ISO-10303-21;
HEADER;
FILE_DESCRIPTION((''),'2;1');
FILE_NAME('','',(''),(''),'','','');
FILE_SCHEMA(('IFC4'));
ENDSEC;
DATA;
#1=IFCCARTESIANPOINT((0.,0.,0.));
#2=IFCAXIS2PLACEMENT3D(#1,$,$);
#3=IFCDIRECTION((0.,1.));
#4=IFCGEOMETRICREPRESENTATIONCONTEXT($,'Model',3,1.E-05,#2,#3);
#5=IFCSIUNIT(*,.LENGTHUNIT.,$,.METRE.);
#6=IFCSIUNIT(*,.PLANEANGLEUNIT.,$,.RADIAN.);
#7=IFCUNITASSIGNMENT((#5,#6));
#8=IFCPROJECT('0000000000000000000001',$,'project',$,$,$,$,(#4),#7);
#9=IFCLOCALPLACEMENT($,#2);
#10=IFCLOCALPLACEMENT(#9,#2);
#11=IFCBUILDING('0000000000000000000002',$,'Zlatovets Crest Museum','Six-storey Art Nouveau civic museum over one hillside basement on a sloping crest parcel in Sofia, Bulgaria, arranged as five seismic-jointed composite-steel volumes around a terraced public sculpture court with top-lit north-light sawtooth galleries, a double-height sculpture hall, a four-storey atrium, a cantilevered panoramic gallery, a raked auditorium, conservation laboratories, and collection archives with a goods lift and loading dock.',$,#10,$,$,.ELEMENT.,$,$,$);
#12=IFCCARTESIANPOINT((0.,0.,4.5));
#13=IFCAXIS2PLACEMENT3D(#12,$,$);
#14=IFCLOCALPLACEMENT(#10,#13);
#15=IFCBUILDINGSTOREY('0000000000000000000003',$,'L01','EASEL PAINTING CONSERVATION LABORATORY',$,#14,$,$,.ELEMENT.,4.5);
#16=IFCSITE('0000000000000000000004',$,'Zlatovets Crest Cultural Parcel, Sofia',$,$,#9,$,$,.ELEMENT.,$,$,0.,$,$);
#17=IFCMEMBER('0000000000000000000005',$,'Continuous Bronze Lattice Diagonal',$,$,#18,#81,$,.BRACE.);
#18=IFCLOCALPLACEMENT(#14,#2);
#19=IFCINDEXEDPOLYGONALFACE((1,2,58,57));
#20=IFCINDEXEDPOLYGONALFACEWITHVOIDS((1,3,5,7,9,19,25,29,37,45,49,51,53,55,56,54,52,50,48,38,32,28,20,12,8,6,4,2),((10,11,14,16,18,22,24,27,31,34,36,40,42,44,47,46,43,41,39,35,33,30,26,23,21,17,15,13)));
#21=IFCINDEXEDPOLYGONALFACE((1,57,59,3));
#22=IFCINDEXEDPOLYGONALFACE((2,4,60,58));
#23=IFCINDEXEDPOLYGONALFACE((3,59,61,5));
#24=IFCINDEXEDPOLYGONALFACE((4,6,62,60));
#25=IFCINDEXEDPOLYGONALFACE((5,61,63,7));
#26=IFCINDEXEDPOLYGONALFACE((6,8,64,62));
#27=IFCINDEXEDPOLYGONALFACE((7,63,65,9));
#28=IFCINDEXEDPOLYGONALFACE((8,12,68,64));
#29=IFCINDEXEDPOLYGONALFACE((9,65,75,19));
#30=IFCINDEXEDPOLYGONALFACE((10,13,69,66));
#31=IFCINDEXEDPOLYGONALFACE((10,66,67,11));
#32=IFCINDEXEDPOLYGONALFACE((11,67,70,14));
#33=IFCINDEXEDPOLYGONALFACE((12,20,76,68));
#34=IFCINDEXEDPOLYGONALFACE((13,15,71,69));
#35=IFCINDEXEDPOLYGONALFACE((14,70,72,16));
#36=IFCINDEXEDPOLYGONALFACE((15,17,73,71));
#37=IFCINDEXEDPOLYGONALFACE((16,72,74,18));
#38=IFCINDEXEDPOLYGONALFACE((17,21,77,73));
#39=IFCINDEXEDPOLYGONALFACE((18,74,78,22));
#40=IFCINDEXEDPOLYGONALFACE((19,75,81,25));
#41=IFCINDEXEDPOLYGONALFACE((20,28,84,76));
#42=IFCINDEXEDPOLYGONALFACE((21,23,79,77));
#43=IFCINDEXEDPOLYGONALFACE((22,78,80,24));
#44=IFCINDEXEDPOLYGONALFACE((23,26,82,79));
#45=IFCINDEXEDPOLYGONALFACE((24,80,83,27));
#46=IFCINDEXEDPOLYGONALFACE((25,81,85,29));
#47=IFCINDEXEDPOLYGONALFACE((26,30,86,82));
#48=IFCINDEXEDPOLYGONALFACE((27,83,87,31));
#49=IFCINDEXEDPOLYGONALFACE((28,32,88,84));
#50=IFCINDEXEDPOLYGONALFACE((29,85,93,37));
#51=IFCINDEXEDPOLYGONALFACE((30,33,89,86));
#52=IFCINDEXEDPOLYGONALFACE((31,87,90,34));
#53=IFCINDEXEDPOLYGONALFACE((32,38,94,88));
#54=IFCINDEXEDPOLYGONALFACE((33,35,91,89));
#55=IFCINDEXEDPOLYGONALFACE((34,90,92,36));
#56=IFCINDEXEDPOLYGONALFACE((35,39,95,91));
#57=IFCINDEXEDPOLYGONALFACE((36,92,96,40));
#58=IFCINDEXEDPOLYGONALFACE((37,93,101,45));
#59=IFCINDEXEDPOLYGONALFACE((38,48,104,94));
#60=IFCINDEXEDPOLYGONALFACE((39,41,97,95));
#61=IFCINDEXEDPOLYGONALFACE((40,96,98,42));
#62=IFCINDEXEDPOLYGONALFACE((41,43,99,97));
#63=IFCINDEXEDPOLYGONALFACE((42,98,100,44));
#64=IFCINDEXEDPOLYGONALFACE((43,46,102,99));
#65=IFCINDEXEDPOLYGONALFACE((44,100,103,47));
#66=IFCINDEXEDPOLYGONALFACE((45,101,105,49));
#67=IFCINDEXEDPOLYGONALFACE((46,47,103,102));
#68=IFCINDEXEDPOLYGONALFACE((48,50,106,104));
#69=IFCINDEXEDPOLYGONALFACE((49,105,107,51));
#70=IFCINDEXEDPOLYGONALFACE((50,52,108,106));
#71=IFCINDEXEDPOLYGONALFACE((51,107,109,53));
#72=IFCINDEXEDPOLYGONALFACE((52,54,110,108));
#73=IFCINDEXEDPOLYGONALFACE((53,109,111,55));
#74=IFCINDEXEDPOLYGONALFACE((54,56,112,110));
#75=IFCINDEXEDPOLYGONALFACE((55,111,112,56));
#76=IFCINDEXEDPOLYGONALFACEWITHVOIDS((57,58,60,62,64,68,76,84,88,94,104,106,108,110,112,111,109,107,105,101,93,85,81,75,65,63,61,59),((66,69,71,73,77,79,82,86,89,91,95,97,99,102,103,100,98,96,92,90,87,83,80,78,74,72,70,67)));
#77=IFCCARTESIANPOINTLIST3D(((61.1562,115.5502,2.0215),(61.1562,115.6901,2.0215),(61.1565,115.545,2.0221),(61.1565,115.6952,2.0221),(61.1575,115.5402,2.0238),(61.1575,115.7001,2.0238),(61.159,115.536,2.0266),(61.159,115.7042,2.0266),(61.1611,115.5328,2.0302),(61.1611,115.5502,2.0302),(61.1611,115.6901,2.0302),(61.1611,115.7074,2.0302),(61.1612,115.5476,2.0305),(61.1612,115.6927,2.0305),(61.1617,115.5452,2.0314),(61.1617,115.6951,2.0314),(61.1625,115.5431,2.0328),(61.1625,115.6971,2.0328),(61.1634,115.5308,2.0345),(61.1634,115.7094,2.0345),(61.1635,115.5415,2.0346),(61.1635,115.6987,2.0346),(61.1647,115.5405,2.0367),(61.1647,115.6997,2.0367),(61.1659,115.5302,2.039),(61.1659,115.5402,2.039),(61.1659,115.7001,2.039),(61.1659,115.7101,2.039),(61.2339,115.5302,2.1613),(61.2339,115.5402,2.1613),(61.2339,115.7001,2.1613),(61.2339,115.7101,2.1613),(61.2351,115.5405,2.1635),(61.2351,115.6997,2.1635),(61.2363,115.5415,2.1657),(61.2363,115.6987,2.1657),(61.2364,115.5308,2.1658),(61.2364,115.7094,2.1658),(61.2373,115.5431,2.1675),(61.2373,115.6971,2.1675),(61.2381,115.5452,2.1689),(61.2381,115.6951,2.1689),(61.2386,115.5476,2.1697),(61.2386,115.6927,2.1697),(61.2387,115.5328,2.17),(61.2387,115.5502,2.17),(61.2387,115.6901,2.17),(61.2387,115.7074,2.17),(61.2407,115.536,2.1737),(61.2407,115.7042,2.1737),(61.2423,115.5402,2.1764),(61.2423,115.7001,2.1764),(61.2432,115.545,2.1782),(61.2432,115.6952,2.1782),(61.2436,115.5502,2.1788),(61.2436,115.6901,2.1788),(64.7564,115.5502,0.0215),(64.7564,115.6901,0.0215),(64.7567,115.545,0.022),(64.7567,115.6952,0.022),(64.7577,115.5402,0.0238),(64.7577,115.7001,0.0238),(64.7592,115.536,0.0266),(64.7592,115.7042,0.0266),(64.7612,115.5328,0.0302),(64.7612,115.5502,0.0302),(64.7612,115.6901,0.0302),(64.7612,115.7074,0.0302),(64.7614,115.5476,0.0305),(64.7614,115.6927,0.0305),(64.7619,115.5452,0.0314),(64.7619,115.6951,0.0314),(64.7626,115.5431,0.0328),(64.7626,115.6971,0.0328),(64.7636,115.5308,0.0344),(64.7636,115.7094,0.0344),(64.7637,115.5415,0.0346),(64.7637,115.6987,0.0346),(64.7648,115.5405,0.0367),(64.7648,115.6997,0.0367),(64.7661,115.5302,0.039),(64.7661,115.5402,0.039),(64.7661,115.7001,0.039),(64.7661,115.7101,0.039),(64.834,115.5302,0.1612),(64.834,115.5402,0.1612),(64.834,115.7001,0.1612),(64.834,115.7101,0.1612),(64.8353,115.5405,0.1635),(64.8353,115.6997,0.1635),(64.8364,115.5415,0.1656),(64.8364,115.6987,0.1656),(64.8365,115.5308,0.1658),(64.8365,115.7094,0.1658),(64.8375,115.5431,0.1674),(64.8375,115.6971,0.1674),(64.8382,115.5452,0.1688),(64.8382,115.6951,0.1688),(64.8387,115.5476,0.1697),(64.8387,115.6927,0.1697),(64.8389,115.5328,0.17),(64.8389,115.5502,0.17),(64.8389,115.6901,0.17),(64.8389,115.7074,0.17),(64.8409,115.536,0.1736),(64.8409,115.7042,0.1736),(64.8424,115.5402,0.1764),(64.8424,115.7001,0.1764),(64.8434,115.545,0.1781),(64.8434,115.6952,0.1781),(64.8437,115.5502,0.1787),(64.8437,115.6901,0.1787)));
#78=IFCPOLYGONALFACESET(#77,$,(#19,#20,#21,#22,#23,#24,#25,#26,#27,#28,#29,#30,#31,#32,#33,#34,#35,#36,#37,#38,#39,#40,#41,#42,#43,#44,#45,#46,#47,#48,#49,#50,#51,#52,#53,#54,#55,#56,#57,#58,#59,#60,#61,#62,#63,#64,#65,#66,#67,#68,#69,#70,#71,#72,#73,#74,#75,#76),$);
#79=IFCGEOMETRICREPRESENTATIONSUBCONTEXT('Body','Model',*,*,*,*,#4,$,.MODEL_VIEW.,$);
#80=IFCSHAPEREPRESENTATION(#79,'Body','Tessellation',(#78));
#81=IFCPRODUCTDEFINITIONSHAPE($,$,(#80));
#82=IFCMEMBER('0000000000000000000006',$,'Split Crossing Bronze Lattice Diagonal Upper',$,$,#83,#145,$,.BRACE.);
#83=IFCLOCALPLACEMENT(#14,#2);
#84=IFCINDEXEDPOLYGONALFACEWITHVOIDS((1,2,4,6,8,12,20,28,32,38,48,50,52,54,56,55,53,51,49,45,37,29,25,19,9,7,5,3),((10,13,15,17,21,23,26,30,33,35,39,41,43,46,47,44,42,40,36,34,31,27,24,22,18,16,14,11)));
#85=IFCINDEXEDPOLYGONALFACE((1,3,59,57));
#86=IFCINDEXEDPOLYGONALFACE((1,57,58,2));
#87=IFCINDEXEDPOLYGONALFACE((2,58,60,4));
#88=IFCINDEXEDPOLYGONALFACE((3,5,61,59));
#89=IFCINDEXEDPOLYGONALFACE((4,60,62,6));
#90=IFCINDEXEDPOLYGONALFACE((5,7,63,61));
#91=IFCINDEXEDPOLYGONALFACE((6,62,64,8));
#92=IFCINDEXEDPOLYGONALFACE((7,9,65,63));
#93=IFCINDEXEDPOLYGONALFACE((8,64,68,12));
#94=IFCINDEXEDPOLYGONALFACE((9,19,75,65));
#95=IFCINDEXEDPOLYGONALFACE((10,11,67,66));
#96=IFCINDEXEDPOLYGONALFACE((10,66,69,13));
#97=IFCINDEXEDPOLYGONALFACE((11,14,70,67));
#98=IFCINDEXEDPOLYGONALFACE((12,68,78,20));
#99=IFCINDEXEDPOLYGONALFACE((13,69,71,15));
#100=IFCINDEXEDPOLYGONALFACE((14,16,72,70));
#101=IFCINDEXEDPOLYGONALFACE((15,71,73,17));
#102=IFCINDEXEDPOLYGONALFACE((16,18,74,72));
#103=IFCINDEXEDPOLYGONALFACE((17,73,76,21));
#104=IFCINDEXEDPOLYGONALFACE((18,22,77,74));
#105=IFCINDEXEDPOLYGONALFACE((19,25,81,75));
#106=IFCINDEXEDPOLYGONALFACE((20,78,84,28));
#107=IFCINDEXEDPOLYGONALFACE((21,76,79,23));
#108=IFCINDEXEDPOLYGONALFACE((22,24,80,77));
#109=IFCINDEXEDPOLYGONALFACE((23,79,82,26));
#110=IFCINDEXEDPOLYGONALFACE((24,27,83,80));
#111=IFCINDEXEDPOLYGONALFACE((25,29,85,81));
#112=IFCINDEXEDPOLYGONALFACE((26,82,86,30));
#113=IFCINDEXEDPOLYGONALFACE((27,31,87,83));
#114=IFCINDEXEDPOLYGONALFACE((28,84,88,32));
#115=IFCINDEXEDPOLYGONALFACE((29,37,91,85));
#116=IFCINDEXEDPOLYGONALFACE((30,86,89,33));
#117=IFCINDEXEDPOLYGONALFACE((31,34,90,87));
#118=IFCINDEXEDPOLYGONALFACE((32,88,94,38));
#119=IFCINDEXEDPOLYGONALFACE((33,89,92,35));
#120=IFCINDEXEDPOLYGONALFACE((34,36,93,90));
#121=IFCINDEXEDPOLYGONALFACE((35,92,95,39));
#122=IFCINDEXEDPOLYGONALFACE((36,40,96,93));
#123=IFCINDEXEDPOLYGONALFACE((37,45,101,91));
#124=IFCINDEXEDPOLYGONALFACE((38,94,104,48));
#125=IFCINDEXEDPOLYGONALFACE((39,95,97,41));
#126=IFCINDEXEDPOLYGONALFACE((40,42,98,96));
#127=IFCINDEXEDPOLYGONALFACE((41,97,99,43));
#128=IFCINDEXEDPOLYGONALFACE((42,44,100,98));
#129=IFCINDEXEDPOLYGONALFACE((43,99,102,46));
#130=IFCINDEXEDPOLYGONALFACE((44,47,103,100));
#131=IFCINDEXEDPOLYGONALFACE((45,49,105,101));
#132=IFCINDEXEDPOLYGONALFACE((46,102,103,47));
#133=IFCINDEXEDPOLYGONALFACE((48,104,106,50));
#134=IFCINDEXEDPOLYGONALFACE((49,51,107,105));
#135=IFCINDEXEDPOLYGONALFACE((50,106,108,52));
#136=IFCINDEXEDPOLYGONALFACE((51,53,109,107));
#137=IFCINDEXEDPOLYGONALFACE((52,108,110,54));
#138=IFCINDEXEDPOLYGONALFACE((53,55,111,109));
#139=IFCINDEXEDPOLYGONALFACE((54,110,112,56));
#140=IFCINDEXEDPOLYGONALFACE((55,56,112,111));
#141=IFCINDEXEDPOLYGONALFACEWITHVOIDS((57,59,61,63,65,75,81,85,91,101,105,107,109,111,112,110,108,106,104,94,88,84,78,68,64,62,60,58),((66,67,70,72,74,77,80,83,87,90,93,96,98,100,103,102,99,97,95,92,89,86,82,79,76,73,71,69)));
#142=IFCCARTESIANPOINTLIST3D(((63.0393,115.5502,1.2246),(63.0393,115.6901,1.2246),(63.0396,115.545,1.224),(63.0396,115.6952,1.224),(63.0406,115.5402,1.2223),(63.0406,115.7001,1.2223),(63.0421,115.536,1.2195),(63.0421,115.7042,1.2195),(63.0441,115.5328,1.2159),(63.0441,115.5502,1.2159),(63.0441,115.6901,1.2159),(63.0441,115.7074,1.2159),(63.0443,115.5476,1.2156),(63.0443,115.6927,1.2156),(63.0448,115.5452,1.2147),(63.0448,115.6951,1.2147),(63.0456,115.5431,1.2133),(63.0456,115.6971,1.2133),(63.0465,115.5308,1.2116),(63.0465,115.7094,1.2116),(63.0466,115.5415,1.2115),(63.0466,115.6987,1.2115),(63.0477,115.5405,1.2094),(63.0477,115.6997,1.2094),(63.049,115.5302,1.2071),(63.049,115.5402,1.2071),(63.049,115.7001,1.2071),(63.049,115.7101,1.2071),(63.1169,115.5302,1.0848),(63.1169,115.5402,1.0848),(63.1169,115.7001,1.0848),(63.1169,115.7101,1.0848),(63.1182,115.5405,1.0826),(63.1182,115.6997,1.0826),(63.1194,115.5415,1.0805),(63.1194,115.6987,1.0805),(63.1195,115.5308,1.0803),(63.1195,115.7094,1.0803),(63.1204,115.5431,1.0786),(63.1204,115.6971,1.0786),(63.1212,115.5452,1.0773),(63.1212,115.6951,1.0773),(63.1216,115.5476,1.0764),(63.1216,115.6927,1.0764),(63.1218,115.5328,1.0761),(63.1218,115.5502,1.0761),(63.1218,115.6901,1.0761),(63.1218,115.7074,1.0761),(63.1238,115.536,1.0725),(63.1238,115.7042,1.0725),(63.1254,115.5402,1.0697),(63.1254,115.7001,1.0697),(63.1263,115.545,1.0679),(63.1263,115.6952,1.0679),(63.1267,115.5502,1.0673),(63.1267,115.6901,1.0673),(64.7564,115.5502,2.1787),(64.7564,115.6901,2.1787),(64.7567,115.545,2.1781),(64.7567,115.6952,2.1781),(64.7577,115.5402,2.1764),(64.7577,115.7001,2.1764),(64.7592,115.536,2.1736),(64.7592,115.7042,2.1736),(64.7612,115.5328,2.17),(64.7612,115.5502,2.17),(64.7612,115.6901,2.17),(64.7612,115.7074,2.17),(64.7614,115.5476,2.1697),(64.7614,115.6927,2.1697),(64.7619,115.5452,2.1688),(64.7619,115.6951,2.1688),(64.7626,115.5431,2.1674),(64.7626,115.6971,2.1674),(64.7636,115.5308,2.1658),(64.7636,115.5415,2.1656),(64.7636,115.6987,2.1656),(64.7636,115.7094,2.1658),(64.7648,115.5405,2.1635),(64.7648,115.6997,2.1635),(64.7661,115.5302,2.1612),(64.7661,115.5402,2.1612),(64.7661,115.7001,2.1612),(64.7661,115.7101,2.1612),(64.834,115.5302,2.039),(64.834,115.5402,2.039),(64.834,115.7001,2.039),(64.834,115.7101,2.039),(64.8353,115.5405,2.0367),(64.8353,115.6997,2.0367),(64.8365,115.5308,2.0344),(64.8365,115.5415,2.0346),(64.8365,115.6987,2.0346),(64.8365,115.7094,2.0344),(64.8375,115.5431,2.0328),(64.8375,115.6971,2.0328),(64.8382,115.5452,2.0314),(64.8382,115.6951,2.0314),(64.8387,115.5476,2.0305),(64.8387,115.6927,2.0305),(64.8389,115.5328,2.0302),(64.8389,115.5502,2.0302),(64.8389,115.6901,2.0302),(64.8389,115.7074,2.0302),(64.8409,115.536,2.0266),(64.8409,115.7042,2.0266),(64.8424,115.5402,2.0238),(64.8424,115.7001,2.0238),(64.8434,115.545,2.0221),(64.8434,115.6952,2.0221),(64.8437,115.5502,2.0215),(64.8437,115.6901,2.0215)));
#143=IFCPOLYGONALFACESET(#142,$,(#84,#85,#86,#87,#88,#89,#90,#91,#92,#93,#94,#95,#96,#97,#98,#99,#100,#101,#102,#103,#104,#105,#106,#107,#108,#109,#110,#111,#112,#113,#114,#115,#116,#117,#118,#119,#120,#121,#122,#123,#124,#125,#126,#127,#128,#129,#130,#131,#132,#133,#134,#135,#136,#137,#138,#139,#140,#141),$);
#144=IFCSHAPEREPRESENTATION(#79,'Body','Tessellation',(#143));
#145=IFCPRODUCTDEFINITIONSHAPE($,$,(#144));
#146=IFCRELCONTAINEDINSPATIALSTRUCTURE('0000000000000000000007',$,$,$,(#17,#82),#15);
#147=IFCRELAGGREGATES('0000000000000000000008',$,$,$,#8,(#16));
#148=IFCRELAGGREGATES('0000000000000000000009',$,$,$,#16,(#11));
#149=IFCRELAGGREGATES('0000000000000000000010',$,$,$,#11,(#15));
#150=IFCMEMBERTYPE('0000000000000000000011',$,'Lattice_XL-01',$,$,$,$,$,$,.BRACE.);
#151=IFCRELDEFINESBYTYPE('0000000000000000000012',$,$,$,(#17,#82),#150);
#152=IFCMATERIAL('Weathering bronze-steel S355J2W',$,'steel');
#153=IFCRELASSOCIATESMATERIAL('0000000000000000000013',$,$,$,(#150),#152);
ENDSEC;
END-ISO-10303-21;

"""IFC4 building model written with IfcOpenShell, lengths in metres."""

from ifc_helpers import new_model, si_unit, direction, frame, origin, origin_2d, place, context, subcontext, project, spatial, hollow_rectangle, extrude, material, material_profile, profile_set, type_object, element, save


model = new_model("IFC4")

# Units and contexts
model_context = context("Model", 3, precision=1e-05, world=origin(), true_north=direction((0.0, 1.0)))
body_context = subcontext(model_context, "Body", "Model", "MODEL_VIEW")
ifc_project = project(units=[si_unit("LENGTHUNIT", "METRE"), si_unit("PLANEANGLEUNIT", "RADIAN")], contexts=[model_context])

# Site, building, storey
site_placement = place(None, origin())
site = spatial("IfcSite", under=ifc_project, at=site_placement, Name="Zlatovets Crest Cultural Parcel, Sofia", CompositionType="ELEMENT", RefElevation=0.0)
building_placement = place(site_placement, origin())
building = spatial("IfcBuilding", under=site, at=building_placement, Name="Zlatovets Crest Museum", Description="Six-storey Art Nouveau civic museum over one hillside basement on a sloping crest parcel in Sofia, Bulgaria, arranged as five seismic-jointed composite-steel volumes around a terraced public sculpture court with top-lit north-light sawtooth galleries, a double-height sculpture hall, a four-storey atrium, a cantilevered panoramic gallery, a raked auditorium, conservation laboratories, and collection archives with a goods lift and loading dock.", CompositionType="ELEMENT")
storey_placement = place(building_placement, frame((0.0, 0.0, 4.5)))
storey = spatial("IfcBuildingStorey", under=building, at=storey_placement, Name="L01", Description="EASEL PAINTING CONSERVATION LABORATORY", CompositionType="ELEMENT", Elevation=4.5)

# Members
ifc_material_1 = material(Name="Weathering bronze-steel S355J2W", Category="steel")
ifc_material_profile_1 = material_profile(ifc_material_1, hollow_rectangle(XDim=0.1799, YDim=0.1799, WallThickness=0.01, InnerFilletRadius=0.01, OuterFilletRadius=0.02, at=origin_2d()), Name="SHS 180x180x10.0")
ifc_profile_set_1 = profile_set([ifc_material_profile_1], Name="Weathering bronze-steel S355J2W")
member_type_1 = type_object("IfcMemberType", Name="Lattice_XL-01", PredefinedType="BRACE", material=ifc_profile_set_1)
member_1_placement = place(storey_placement, frame((64.8, 115.6201, 0.1001), z_axis=(-0.874163, 0.0, 0.485633), x_axis=(0.0, -1.0, 0.0)))
element("IfcMember", 1, at=member_1_placement, inside=storey, type_object=member_type_1, Name="Continuous Bronze Lattice Diagonal", PredefinedType="BRACE", context=body_context, shape_type="SweptSolid", body=[
    extrude(hollow_rectangle(XDim=0.1799, YDim=0.1799, WallThickness=0.01, InnerFilletRadius=0.01, OuterFilletRadius=0.02, at=origin_2d()), origin(), (0.0, 0.0, 1.0), 4.1184),
])
member_2_placement = place(storey_placement, frame((64.8, 115.6201, 2.1001), z_axis=(-0.874116, 0.0, -0.485717), x_axis=(0.0, -1.0, 0.0)))
element("IfcMember", 2, at=member_2_placement, inside=storey, type_object=member_type_1, Name="Split Crossing Bronze Lattice Diagonal Upper", PredefinedType="BRACE", context=body_context, shape_type="SweptSolid", body=[
    extrude(hollow_rectangle(XDim=0.1799, YDim=0.1799, WallThickness=0.01, InnerFilletRadius=0.01, OuterFilletRadius=0.02, at=origin_2d()), origin(), (0.0, 0.0, 1.0), 1.9644),
])

save(model, "model.ifc")
